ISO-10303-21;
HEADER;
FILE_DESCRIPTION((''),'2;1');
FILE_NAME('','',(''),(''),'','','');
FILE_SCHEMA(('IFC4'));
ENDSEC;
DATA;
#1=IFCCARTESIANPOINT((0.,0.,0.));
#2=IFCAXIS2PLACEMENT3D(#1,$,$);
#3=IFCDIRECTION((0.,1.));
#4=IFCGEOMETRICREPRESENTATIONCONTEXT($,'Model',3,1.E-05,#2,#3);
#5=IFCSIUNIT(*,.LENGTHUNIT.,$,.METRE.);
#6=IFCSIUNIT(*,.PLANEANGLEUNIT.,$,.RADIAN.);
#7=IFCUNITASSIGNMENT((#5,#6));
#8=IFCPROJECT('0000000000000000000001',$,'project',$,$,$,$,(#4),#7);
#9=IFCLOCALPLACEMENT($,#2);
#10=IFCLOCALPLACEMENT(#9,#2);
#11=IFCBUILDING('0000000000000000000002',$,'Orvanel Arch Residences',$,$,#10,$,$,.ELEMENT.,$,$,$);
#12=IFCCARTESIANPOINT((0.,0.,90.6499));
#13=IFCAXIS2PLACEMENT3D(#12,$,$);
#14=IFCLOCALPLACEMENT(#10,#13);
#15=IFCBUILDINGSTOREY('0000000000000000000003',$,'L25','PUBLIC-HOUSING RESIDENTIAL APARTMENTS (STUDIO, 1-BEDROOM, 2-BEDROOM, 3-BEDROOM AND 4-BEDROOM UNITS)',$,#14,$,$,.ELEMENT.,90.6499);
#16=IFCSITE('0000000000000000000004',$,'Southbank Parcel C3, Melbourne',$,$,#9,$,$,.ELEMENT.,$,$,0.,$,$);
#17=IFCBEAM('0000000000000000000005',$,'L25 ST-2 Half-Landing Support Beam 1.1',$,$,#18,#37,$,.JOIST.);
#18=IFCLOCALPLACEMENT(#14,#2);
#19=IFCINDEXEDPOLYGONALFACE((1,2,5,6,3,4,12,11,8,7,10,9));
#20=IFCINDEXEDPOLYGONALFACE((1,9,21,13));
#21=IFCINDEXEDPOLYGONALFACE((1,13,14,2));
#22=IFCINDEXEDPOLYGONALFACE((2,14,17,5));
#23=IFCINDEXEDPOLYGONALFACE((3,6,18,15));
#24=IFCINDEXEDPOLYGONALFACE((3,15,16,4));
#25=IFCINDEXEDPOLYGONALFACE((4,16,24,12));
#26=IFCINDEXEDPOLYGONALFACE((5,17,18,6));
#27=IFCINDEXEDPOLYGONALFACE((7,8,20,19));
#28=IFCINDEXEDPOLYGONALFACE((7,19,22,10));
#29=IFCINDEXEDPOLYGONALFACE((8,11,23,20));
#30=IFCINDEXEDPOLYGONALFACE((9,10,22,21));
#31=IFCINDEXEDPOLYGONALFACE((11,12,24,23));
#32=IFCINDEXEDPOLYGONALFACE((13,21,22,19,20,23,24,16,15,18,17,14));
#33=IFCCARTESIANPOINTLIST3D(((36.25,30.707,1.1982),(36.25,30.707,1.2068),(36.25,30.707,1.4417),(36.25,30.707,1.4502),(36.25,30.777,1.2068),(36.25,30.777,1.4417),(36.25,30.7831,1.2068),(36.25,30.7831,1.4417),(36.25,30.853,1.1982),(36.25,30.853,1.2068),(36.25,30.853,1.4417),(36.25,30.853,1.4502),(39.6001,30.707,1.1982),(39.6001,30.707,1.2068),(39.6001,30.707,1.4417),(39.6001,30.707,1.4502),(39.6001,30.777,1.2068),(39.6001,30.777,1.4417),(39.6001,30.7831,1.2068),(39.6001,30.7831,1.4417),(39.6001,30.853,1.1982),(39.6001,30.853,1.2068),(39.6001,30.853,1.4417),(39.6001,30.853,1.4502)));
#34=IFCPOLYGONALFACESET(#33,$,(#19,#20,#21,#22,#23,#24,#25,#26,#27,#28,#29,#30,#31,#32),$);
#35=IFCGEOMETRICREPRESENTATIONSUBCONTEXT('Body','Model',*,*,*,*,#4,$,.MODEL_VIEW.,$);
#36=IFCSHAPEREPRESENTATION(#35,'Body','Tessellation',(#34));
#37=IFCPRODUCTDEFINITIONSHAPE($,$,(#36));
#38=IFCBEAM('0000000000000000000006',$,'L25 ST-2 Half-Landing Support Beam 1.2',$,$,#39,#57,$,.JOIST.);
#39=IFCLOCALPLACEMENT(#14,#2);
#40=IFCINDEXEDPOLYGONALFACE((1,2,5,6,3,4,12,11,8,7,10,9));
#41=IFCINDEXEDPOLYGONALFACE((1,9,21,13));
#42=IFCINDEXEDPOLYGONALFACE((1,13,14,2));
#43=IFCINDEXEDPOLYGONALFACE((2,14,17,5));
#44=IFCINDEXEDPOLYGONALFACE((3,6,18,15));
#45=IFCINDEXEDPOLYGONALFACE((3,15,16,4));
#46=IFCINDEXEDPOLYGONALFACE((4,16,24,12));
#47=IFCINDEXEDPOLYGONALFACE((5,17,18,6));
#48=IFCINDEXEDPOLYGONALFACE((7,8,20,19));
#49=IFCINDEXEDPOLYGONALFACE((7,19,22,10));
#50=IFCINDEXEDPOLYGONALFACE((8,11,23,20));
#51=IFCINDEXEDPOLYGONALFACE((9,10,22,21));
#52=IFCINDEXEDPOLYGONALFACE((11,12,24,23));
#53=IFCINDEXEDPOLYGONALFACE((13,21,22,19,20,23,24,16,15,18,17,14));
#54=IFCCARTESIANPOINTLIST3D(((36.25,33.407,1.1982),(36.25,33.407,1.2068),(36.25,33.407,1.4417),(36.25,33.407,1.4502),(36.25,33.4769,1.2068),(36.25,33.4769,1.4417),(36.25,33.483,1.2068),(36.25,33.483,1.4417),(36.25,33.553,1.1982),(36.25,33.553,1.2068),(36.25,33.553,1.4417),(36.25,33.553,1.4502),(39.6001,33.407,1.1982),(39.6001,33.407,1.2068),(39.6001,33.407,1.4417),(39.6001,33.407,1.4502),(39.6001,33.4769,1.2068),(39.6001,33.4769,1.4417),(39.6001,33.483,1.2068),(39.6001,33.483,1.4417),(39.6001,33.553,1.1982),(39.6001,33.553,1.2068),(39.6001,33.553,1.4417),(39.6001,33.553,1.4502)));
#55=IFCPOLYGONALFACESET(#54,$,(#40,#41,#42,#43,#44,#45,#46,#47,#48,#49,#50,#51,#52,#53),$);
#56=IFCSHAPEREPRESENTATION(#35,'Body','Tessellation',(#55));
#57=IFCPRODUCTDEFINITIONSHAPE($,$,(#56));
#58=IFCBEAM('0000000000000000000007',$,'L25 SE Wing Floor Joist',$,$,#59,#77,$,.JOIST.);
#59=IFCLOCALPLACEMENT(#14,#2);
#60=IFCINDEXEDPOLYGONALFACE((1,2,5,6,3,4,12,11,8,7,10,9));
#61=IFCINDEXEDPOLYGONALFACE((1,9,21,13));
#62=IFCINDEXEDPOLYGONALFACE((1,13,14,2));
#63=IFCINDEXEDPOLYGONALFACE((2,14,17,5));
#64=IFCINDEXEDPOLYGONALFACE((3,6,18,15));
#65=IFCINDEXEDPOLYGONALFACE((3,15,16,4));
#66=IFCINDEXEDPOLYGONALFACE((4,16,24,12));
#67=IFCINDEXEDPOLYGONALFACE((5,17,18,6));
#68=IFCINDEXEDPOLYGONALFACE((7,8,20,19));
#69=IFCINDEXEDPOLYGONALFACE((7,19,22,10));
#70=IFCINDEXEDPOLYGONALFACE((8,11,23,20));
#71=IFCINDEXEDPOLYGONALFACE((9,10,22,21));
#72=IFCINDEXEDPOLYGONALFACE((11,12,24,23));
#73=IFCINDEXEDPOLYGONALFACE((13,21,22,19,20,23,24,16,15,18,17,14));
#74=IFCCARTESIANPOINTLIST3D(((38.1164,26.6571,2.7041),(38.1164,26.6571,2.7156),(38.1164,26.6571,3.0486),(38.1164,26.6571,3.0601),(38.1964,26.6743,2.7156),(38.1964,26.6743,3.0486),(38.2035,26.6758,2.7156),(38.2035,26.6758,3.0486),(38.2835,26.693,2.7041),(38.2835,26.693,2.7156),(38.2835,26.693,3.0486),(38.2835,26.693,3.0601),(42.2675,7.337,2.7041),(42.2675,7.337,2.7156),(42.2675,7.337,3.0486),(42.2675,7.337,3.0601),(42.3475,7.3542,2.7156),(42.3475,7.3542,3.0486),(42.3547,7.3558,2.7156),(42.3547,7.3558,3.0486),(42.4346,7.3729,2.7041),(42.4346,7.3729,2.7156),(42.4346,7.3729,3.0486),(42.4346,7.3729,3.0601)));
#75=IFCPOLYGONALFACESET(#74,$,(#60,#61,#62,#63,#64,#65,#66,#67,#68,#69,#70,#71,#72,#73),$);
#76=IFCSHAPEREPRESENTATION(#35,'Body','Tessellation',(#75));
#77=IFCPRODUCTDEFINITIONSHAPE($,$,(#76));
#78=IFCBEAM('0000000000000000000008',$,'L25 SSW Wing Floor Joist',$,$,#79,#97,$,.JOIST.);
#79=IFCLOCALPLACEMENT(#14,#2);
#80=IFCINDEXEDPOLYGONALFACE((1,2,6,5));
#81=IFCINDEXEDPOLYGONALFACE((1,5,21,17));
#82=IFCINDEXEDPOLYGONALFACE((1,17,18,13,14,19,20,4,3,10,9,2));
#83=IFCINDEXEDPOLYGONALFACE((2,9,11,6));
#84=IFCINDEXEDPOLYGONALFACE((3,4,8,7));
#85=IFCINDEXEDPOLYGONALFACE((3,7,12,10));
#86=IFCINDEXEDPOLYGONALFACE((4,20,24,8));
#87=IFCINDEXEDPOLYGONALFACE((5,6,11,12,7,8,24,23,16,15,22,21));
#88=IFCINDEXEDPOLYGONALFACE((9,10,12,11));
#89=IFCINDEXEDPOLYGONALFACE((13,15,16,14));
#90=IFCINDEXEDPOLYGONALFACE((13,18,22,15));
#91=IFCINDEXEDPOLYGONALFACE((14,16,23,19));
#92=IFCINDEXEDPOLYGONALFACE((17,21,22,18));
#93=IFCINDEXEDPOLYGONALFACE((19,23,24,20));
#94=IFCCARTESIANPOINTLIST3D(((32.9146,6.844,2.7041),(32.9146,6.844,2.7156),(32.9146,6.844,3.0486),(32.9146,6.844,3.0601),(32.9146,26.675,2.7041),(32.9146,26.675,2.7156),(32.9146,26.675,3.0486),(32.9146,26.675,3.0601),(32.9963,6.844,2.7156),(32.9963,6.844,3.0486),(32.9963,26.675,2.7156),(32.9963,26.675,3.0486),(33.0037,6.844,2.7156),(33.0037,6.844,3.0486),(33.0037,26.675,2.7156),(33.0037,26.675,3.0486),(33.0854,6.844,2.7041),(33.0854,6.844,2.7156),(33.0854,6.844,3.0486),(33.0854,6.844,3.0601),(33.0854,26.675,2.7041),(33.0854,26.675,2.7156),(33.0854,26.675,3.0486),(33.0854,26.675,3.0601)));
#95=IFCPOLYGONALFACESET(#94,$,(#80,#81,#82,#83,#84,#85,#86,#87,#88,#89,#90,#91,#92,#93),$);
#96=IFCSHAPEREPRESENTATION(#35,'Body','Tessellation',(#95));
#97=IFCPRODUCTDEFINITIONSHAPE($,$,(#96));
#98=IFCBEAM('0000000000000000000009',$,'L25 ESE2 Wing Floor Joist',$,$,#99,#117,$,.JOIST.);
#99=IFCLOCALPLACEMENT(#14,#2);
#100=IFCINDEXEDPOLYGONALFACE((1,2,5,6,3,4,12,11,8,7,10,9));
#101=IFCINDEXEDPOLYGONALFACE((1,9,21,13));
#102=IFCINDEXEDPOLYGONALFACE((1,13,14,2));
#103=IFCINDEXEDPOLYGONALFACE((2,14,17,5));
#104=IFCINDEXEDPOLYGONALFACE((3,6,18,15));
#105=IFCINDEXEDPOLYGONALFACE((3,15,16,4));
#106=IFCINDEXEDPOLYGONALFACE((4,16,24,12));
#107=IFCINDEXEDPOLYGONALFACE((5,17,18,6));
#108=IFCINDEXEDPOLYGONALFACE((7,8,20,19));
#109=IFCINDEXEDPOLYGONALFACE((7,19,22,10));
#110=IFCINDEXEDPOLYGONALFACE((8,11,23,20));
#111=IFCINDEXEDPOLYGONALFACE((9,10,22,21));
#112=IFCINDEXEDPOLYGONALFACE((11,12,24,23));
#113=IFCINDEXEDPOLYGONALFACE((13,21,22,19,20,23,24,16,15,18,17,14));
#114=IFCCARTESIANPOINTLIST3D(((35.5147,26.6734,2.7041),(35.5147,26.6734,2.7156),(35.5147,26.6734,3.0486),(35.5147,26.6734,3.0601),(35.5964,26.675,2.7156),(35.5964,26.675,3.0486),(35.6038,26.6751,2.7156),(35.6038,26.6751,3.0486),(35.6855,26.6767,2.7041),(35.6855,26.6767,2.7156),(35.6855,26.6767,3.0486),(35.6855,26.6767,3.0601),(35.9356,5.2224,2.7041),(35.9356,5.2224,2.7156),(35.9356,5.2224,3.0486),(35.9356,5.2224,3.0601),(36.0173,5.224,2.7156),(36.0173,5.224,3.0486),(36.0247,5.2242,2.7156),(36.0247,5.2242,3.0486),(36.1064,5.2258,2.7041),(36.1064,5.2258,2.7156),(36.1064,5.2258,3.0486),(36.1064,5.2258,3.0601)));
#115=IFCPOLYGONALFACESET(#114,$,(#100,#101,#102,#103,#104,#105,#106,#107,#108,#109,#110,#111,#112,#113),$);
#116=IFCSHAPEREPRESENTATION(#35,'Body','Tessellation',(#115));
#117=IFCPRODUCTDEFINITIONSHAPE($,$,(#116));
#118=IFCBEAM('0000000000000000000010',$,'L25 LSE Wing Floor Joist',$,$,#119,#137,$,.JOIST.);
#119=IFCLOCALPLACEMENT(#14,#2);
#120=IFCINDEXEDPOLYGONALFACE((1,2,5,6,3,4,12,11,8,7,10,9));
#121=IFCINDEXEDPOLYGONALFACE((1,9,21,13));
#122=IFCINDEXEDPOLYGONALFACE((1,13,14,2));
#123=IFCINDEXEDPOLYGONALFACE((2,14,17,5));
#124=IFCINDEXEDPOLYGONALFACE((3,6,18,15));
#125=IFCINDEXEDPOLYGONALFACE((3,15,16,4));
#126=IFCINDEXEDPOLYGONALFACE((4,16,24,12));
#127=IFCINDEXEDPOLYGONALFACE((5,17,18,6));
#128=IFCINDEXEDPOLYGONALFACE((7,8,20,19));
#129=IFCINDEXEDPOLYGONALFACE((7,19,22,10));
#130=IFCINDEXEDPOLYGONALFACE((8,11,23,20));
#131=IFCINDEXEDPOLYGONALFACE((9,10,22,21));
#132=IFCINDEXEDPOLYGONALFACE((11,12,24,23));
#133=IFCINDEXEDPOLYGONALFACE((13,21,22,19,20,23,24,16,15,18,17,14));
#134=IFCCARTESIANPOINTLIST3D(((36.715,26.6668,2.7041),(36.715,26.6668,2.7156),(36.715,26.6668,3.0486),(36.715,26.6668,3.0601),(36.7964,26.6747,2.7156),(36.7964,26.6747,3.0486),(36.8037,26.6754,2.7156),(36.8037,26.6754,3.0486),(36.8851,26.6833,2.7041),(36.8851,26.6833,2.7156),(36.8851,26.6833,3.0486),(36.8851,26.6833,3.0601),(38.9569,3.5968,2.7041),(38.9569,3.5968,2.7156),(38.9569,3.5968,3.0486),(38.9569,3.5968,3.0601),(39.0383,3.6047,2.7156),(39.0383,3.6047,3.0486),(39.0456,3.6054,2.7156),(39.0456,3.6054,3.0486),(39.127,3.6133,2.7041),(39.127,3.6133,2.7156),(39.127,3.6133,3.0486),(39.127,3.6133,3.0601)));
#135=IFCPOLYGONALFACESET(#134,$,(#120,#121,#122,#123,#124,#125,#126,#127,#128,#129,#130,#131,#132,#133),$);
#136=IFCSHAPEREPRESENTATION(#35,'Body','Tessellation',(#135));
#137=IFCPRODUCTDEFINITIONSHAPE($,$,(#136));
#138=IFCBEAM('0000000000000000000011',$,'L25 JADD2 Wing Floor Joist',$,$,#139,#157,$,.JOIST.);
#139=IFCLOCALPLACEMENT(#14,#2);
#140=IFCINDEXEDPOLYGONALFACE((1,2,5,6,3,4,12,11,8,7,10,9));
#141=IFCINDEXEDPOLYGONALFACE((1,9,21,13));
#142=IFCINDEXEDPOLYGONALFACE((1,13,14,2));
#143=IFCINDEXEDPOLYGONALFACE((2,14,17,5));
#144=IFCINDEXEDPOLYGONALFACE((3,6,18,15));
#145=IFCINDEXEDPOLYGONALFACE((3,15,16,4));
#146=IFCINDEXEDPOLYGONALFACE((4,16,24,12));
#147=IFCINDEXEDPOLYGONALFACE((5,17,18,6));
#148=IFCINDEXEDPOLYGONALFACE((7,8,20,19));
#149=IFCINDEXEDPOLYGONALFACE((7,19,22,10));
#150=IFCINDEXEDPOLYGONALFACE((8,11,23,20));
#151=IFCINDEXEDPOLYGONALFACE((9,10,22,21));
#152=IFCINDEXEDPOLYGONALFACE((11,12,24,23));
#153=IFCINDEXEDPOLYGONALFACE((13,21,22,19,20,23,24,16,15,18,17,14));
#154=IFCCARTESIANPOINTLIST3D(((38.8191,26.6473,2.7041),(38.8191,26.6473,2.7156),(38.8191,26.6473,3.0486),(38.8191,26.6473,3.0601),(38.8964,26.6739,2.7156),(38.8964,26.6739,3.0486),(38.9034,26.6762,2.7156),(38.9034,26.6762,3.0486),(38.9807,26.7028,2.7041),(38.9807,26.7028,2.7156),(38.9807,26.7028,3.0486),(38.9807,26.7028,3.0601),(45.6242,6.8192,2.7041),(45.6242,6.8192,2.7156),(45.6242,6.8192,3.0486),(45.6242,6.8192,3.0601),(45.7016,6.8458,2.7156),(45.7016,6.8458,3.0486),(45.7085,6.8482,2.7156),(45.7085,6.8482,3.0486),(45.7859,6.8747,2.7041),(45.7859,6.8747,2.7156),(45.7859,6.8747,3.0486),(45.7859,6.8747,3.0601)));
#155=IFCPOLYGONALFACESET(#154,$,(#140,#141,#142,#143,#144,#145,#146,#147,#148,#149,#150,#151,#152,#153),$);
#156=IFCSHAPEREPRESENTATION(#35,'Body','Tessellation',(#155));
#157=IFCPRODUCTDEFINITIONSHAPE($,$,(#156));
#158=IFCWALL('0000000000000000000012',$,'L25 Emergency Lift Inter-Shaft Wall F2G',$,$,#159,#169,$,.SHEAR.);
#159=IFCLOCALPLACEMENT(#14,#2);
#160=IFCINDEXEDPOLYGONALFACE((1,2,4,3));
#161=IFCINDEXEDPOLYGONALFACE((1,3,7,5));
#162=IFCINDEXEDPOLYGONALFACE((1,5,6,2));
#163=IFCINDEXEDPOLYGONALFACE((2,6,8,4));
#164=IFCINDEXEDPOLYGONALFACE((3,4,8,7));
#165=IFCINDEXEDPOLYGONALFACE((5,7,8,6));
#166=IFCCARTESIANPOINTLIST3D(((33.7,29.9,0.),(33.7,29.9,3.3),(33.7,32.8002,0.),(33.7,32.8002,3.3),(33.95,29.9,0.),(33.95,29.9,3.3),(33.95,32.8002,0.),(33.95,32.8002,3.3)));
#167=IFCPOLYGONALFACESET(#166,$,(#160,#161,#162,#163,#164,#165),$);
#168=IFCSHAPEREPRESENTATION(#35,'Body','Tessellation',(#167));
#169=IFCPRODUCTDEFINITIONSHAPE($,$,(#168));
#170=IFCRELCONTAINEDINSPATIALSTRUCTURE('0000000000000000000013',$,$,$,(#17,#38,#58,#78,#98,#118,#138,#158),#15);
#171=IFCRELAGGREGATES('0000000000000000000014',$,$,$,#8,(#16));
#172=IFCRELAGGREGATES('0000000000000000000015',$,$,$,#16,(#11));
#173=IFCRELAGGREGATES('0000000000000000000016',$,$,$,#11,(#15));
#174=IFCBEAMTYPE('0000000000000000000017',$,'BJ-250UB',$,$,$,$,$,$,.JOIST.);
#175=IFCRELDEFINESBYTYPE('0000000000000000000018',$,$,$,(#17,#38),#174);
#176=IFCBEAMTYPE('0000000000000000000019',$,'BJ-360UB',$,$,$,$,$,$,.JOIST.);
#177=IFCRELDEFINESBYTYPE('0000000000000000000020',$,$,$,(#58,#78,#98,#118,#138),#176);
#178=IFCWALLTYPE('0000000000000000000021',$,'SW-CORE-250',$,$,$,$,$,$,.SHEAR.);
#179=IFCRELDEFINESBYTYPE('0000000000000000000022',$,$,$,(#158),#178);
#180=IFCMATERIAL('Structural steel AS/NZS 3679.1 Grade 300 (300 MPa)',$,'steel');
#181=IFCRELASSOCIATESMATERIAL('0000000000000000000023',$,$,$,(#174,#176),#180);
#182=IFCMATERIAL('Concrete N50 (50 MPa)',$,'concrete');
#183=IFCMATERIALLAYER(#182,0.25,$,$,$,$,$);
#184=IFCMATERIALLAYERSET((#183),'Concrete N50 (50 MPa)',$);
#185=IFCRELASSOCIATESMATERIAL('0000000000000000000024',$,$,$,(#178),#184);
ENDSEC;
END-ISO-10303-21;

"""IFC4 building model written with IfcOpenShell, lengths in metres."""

from ifc_helpers import new_model, si_unit, direction, frame, frame_2d, origin, origin_2d, place, context, subcontext, project, spatial, rectangle, i_section, extrude, material, layer, layer_set, material_profile, profile_set, type_object, element, save


model = new_model("IFC4")

# Units and contexts
model_context = context("Model", 3, precision=1e-05, world=origin(), true_north=direction((0.0, 1.0)))
body_context = subcontext(model_context, "Body", "Model", "MODEL_VIEW")
ifc_project = project(units=[si_unit("LENGTHUNIT", "METRE"), si_unit("PLANEANGLEUNIT", "RADIAN")], contexts=[model_context])

# Site, building, storey
site_placement = place(None, origin())
site = spatial("IfcSite", under=ifc_project, at=site_placement, Name="Southbank Parcel C3, Melbourne", CompositionType="ELEMENT", RefElevation=0.0)
building_placement = place(site_placement, origin())
building = spatial("IfcBuilding", under=site, at=building_placement, Name="Orvanel Arch Residences", CompositionType="ELEMENT")
storey_placement = place(building_placement, frame((0.0, 0.0, 90.6499)))
storey = spatial("IfcBuildingStorey", under=building, at=storey_placement, Name="L25", Description="PUBLIC-HOUSING RESIDENTIAL APARTMENTS (STUDIO, 1-BEDROOM, 2-BEDROOM, 3-BEDROOM AND 4-BEDROOM UNITS)", CompositionType="ELEMENT", Elevation=90.6499)

# Beams
ifc_material_1 = material(Name="Structural steel AS/NZS 3679.1 Grade 300 (300 MPa)", Category="steel")
ifc_material_profile_1 = material_profile(ifc_material_1, i_section(OverallWidth=0.146, OverallDepth=0.252, WebThickness=0.0061, FlangeThickness=0.0085, at=origin_2d()), Name="250UB31.4")
ifc_profile_set_1 = profile_set([ifc_material_profile_1], Name="Structural steel AS/NZS 3679.1 Grade 300 (300 MPa)")
beam_type_1 = type_object("IfcBeamType", Name="BJ-250UB", PredefinedType="JOIST", material=ifc_profile_set_1)
for number, where, z_axis, x_axis, name in (
    (1, (36.25, 30.78, 1.3242), (1.0, 0.0, 0.0), (0.0, 1.0, 0.0), "L25 ST-2 Half-Landing Support Beam 1.1"),
    (2, (36.25, 33.48, 1.3242), (1.0, 0.0, 0.0), (0.0, 1.0, 0.0), "L25 ST-2 Half-Landing Support Beam 1.2"),
):
    element("IfcBeam", number, at=place(storey_placement, frame(where, z_axis=z_axis, x_axis=x_axis)), inside=storey, type_object=beam_type_1, Name=name, PredefinedType="JOIST", context=body_context, shape_type="SweptSolid", body=[
        extrude(i_section(OverallWidth=0.146, OverallDepth=0.252, WebThickness=0.0061, FlangeThickness=0.0085, at=origin_2d()), origin(), (0.0, 0.0, 1.0), 3.3501),
    ])
ifc_material_profile_2 = material_profile(ifc_material_1, i_section(OverallWidth=0.1709, OverallDepth=0.356, WebThickness=0.0073, FlangeThickness=0.0115, at=origin_2d()), Name="360UB50.7")
ifc_profile_set_2 = profile_set([ifc_material_profile_2], Name="Structural steel AS/NZS 3679.1 Grade 300 (300 MPa)")
beam_type_2 = type_object("IfcBeamType", Name="BJ-360UB", PredefinedType="JOIST", material=ifc_profile_set_2)
beam_1_placement = place(storey_placement, frame((38.2, 26.675, 2.8821), z_axis=(0.210067, -0.977687, 0.0), x_axis=(0.977687, 0.210067, 0.0)))
element("IfcBeam", 3, at=beam_1_placement, inside=storey, type_object=beam_type_2, Name="L25 SE Wing Floor Joist", PredefinedType="JOIST", context=body_context, shape_type="SweptSolid", body=[
    extrude(i_section(OverallWidth=0.1709, OverallDepth=0.356, WebThickness=0.0073, FlangeThickness=0.0115, at=origin_2d()), origin(), (0.0, 0.0, 1.0), 19.761),
])
beam_2_placement = place(storey_placement, frame((33.0, 26.675, 2.8821), z_axis=(0.0, -1.0, 0.0), x_axis=(1.0, 0.0, 0.0)))
element("IfcBeam", 4, at=beam_2_placement, inside=storey, type_object=beam_type_2, Name="L25 SSW Wing Floor Joist", PredefinedType="JOIST", context=body_context, shape_type="SweptSolid", body=[
    extrude(i_section(OverallWidth=0.1709, OverallDepth=0.356, WebThickness=0.0073, FlangeThickness=0.0115, at=origin_2d()), origin(), (0.0, 0.0, 1.0), 19.8311),
])
beam_3_placement = place(storey_placement, frame((35.6001, 26.675, 2.8821), z_axis=(0.019618, -0.999808, 0.0), x_axis=(0.999808, 0.019618, 0.0)))
element("IfcBeam", 5, at=beam_3_placement, inside=storey, type_object=beam_type_2, Name="L25 ESE2 Wing Floor Joist", PredefinedType="JOIST", context=body_context, shape_type="SweptSolid", body=[
    extrude(i_section(OverallWidth=0.1709, OverallDepth=0.356, WebThickness=0.0073, FlangeThickness=0.0115, at=origin_2d()), origin(), (0.0, 0.0, 1.0), 21.4551),
])
beam_4_placement = place(storey_placement, frame((36.8, 26.675, 2.8821), z_axis=(0.096724, -0.995311, 0.0), x_axis=(0.995311, 0.096724, 0.0)))
element("IfcBeam", 6, at=beam_4_placement, inside=storey, type_object=beam_type_2, Name="L25 LSE Wing Floor Joist", PredefinedType="JOIST", context=body_context, shape_type="SweptSolid", body=[
    extrude(i_section(OverallWidth=0.1709, OverallDepth=0.356, WebThickness=0.0073, FlangeThickness=0.0115, at=origin_2d()), origin(), (0.0, 0.0, 1.0), 23.1787),
])
beam_5_placement = place(storey_placement, frame((38.8999, 26.675, 2.8821), z_axis=(0.324621, -0.945844, 0.0), x_axis=(0.945844, 0.324621, 0.0)))
element("IfcBeam", 7, at=beam_5_placement, inside=storey, type_object=beam_type_2, Name="L25 JADD2 Wing Floor Joist", PredefinedType="JOIST", context=body_context, shape_type="SweptSolid", body=[
    extrude(i_section(OverallWidth=0.1709, OverallDepth=0.356, WebThickness=0.0073, FlangeThickness=0.0115, at=origin_2d()), origin(), (0.0, 0.0, 1.0), 20.9634),
])

# Wall
ifc_material_2 = material(Name="Concrete N50 (50 MPa)", Category="concrete")
ifc_layer_1 = layer(ifc_material_2, 0.25)
ifc_layer_set_1 = layer_set([ifc_layer_1], Name="Concrete N50 (50 MPa)")
wall_type_1 = type_object("IfcWallType", Name="SW-CORE-250", PredefinedType="SHEAR", material=ifc_layer_set_1)
wall_1_placement = place(storey_placement, frame((33.825, 29.8999, 0.0), z_axis=(0.0, 0.0, 1.0), x_axis=(0.0, 1.0, 0.0)))
element("IfcWall", 8, at=wall_1_placement, inside=storey, type_object=wall_type_1, Name="L25 Emergency Lift Inter-Shaft Wall F2G", PredefinedType="SHEAR", context=body_context, shape_type="SweptSolid", body=[
    extrude(rectangle(XDim=2.9001, YDim=0.25, at=frame_2d((1.4502, 0.0))), origin(), (0.0, 0.0, 1.0), 3.3),
])

save(model, "model.ifc")
